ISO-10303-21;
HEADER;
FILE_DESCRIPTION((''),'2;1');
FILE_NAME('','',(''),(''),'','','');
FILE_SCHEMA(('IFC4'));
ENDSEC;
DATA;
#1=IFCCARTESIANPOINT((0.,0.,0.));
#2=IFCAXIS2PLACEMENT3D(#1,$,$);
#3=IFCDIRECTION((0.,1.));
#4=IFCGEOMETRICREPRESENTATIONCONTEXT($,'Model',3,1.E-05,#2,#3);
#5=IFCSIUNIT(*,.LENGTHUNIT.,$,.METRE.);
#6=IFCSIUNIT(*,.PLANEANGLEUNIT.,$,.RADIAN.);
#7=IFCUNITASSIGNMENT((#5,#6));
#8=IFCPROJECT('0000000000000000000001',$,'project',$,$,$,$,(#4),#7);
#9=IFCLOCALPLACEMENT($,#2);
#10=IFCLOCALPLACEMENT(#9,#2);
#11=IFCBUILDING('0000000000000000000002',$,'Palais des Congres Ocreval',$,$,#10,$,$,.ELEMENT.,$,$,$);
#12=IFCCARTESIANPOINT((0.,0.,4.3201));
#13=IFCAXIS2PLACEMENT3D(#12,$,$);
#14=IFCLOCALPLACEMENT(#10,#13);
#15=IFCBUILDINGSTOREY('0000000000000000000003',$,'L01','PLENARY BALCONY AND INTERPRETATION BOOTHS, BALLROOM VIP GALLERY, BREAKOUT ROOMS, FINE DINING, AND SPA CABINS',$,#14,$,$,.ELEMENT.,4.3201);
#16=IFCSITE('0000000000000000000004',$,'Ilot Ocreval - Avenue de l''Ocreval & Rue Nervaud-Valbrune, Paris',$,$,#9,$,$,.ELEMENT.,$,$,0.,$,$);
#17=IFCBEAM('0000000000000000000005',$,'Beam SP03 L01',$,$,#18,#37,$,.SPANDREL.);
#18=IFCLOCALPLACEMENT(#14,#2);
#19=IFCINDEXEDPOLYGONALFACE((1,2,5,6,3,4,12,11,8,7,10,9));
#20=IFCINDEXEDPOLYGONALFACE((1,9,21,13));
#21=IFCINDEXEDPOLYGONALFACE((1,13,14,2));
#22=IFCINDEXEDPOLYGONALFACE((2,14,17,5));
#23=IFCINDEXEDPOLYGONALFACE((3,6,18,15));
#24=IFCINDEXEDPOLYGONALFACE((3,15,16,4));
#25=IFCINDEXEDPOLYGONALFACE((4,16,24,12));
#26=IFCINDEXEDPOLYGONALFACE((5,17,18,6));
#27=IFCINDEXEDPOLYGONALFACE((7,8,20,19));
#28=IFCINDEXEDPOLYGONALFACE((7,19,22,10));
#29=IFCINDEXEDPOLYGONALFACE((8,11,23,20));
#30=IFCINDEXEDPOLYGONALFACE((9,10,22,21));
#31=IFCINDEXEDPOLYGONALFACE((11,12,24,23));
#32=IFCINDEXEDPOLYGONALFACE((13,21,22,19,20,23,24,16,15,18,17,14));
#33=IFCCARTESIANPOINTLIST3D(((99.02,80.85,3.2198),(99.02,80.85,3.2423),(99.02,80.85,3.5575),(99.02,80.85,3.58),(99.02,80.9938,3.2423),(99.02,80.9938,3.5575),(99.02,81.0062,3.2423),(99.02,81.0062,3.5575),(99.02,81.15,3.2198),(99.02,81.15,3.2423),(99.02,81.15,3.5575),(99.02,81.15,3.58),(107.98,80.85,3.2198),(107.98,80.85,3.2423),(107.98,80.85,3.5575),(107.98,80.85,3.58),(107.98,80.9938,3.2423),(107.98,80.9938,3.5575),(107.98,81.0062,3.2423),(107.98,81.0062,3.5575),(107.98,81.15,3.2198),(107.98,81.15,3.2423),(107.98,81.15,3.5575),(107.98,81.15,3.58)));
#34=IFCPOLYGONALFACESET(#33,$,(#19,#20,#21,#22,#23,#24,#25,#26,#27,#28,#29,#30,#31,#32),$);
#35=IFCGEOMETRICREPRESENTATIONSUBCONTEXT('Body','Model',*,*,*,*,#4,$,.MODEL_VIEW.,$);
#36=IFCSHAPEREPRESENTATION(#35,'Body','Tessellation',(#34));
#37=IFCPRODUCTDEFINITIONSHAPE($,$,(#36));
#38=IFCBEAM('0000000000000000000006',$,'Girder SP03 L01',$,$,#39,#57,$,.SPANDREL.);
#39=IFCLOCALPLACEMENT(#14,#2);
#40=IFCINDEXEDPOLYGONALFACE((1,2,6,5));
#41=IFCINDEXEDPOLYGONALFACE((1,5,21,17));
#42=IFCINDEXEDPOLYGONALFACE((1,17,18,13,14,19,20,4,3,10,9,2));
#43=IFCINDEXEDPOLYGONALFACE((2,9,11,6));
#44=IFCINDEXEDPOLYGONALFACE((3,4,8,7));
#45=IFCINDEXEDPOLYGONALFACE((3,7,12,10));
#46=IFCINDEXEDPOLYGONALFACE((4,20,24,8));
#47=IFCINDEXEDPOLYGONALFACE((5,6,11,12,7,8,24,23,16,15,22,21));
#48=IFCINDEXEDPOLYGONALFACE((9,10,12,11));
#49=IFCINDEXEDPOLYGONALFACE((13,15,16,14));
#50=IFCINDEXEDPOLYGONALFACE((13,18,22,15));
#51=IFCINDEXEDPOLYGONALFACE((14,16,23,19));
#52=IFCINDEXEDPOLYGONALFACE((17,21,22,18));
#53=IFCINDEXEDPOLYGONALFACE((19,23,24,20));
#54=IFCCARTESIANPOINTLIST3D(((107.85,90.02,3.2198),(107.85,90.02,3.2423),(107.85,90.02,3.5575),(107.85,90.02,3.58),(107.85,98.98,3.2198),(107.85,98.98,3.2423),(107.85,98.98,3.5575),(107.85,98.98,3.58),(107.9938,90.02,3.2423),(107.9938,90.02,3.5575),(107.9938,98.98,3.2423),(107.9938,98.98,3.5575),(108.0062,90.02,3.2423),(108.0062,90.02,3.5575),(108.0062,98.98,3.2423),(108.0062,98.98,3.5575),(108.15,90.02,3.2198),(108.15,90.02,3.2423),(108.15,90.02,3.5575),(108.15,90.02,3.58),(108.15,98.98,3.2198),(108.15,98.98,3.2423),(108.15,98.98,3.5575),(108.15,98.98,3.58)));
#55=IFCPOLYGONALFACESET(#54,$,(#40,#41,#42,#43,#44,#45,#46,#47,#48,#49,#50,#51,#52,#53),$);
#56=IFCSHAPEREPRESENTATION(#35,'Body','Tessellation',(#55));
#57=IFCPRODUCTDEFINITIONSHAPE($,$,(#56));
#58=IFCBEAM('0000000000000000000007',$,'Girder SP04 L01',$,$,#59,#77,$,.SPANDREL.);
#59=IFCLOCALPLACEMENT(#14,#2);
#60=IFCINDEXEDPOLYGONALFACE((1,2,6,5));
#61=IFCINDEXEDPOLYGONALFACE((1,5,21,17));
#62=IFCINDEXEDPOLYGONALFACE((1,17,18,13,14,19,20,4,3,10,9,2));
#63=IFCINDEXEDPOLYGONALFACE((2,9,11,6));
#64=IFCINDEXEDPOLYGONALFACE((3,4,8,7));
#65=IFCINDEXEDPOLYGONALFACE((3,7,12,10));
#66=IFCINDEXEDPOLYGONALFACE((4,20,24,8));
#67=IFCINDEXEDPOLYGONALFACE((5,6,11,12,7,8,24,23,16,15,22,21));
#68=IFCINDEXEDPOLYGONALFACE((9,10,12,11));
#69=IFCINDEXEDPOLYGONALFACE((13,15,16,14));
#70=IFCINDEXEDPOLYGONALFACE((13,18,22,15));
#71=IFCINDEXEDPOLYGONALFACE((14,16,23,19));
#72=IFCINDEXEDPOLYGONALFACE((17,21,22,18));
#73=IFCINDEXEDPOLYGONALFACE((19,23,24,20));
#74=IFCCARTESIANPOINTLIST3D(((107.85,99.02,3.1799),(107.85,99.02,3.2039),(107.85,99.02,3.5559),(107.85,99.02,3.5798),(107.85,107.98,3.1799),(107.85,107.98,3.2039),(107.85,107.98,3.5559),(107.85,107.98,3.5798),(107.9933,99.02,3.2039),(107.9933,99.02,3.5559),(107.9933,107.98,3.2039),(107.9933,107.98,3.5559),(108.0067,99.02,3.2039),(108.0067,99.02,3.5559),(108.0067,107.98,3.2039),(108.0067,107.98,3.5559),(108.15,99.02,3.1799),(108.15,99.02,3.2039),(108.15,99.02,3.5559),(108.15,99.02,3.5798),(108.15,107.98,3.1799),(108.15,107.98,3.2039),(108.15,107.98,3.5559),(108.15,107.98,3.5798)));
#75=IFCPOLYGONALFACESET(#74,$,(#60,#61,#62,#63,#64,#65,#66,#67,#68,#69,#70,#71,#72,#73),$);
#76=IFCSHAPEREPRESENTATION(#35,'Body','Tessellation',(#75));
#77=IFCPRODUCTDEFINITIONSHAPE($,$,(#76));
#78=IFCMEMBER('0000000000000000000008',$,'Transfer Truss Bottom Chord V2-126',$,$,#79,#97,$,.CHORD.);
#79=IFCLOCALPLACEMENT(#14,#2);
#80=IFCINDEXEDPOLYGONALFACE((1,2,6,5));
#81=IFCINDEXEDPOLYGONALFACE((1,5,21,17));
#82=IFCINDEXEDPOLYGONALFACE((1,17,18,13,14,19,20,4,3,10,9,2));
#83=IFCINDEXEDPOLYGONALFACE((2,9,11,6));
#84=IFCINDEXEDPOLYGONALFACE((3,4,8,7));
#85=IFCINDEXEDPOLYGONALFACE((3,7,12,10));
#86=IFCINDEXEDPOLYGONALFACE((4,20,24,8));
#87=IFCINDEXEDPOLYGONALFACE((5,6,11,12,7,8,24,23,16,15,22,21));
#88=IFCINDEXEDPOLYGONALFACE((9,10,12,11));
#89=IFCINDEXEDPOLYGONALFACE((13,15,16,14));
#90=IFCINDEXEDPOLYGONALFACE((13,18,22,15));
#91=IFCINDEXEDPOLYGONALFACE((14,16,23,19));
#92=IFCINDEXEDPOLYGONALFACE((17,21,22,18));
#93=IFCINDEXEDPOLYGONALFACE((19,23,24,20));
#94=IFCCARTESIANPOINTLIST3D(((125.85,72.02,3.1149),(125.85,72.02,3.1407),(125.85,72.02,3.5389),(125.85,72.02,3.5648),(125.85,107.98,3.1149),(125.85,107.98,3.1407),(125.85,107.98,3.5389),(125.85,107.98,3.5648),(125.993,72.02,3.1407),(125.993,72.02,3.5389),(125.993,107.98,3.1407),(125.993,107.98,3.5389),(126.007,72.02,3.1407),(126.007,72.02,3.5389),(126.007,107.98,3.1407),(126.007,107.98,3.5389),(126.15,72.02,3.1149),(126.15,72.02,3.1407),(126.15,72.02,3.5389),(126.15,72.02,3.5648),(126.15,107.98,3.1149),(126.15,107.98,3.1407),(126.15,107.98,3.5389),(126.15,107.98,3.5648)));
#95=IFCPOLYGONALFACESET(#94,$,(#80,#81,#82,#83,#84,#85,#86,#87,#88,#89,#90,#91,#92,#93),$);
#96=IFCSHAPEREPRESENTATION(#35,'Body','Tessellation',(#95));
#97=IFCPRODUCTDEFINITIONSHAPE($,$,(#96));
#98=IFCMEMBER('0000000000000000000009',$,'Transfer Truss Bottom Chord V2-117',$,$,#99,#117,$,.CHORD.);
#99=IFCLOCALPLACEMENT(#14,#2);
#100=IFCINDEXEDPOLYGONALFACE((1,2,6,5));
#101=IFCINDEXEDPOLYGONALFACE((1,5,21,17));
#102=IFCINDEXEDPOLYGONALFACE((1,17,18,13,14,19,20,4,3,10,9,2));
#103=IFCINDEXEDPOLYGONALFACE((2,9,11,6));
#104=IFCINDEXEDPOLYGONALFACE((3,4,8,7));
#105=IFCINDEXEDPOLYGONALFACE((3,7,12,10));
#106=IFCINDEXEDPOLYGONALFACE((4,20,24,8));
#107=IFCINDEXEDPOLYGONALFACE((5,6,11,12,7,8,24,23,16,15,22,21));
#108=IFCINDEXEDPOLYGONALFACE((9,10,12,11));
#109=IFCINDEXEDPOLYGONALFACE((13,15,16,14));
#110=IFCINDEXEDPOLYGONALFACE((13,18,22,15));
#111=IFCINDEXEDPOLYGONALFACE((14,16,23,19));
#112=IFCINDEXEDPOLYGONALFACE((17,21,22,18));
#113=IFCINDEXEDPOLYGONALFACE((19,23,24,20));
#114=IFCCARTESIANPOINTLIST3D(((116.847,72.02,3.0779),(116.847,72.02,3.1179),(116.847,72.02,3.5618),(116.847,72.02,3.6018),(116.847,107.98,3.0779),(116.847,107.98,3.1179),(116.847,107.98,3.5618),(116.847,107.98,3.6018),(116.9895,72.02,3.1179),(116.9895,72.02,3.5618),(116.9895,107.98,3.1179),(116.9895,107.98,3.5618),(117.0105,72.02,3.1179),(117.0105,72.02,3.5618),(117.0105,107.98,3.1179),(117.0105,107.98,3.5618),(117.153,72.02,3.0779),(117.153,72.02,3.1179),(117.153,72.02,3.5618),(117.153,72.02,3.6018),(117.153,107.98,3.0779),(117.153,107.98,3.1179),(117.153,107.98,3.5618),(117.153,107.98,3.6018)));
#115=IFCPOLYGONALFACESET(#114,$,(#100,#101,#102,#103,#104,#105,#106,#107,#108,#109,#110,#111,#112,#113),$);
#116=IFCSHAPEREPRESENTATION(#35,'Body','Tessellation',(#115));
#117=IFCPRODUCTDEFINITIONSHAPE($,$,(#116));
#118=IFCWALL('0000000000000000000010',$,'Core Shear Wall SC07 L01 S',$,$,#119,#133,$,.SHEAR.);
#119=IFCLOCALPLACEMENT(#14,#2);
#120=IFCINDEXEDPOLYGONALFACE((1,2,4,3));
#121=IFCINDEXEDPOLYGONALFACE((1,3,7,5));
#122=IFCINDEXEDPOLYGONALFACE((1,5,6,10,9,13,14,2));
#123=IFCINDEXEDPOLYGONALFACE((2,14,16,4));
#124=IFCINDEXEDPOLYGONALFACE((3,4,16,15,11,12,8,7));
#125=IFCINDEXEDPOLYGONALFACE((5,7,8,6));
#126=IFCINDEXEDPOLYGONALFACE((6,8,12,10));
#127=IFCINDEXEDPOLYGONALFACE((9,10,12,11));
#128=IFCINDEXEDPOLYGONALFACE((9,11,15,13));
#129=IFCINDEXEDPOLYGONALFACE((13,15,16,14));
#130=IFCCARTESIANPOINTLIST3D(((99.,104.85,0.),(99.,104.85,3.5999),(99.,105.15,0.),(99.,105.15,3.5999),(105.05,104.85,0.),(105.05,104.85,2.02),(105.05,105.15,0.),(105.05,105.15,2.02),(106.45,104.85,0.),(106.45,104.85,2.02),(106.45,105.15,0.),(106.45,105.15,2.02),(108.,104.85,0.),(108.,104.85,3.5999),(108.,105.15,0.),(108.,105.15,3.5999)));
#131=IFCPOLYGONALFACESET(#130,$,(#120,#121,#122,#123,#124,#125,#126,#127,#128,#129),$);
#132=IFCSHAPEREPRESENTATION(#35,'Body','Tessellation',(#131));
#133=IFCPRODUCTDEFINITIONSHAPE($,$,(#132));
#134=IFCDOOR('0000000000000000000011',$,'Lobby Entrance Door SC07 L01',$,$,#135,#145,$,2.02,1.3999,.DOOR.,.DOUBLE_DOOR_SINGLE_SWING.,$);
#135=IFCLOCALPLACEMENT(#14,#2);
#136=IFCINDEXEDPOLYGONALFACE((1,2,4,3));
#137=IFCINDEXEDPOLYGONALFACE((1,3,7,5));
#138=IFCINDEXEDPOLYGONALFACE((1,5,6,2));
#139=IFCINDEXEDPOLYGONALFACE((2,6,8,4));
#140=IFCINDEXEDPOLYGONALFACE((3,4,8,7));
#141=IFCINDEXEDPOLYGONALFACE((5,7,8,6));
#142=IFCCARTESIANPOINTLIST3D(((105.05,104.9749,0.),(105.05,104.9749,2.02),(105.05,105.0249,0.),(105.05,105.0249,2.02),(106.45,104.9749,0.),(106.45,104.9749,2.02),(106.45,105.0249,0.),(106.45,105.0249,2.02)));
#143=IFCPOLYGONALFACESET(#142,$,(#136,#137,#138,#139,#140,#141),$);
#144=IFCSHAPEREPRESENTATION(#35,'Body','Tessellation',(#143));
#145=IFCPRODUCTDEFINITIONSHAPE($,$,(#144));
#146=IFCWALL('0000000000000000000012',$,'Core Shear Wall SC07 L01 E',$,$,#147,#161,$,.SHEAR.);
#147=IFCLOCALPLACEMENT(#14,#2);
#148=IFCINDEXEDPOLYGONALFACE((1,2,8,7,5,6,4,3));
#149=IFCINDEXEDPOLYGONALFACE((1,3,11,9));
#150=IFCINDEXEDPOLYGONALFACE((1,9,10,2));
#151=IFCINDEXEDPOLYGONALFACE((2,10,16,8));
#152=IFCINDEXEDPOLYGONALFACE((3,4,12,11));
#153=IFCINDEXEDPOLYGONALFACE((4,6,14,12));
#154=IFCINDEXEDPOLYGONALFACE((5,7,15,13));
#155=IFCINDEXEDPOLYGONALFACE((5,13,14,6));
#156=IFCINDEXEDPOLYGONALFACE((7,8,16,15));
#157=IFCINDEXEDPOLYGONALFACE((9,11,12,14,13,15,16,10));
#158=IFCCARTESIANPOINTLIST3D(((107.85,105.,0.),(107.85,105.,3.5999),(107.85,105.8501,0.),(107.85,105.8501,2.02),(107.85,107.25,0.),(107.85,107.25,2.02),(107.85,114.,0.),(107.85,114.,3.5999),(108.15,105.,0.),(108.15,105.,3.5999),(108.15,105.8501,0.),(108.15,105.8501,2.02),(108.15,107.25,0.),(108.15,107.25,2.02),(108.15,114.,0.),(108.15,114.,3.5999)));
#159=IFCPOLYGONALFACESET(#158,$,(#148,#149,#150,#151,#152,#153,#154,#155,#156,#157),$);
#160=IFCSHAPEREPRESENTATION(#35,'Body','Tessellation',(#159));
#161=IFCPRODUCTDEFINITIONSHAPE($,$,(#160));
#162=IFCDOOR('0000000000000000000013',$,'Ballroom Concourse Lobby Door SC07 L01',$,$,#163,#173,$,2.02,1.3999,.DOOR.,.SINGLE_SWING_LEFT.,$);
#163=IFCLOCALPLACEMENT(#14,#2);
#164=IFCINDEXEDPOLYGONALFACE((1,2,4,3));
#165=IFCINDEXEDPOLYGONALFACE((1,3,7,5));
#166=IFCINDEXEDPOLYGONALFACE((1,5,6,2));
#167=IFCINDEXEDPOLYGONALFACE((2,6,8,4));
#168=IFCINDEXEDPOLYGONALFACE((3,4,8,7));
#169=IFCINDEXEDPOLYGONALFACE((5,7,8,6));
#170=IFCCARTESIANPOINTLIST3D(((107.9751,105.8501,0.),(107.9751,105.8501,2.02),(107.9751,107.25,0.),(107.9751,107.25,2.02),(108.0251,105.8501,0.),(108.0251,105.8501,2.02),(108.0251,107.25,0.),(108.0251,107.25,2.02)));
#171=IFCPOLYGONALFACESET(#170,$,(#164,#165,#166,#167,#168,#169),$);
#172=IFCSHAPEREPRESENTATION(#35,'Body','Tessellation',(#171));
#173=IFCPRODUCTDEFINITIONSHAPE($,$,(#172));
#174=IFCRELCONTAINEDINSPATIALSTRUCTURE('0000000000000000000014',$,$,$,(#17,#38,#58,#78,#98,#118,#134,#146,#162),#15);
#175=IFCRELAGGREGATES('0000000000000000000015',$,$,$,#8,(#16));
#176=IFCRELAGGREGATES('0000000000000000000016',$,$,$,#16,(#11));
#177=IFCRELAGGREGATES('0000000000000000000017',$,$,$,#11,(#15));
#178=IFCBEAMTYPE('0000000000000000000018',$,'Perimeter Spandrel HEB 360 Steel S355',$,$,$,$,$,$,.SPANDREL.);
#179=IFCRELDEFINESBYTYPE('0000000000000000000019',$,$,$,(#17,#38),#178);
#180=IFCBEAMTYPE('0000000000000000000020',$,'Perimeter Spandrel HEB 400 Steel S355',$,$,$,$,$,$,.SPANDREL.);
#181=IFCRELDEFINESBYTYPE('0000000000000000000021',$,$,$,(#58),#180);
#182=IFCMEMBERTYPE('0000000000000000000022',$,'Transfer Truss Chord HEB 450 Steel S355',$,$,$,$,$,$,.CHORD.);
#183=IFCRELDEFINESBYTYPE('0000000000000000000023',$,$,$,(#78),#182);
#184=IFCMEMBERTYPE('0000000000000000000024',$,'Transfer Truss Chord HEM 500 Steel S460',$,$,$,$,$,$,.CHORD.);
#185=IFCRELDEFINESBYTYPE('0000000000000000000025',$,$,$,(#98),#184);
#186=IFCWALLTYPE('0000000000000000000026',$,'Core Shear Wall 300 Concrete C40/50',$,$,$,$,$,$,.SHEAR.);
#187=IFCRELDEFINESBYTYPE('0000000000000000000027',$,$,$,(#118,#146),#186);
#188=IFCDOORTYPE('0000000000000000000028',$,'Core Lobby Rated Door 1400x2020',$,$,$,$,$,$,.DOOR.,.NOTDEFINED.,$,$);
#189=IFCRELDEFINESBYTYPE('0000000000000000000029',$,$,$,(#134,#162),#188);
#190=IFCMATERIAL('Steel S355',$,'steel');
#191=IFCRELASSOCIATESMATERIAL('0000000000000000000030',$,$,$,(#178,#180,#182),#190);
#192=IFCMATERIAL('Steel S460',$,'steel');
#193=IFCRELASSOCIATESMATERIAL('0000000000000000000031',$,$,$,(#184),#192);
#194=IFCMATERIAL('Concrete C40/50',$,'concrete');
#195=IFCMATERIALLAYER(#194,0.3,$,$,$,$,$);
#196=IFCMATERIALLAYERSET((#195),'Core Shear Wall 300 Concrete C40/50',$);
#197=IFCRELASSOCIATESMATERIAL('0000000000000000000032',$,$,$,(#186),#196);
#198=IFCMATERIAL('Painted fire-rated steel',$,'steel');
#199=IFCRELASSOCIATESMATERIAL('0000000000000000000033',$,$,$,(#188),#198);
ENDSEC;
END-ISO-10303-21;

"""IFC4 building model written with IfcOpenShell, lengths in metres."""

from ifc_helpers import new_model, si_unit, direction, frame, frame_2d, origin, origin_2d, place, context, subcontext, project, spatial, rectangle, i_section, extrude, material, layer, layer_set, material_profile, profile_set, type_object, element, fill, save


model = new_model("IFC4")

# Units and contexts
model_context = context("Model", 3, precision=1e-05, world=origin(), true_north=direction((0.0, 1.0)))
body_context = subcontext(model_context, "Body", "Model", "MODEL_VIEW")
ifc_project = project(units=[si_unit("LENGTHUNIT", "METRE"), si_unit("PLANEANGLEUNIT", "RADIAN")], contexts=[model_context])

# Site, building, storey
site_placement = place(None, origin())
site = spatial("IfcSite", under=ifc_project, at=site_placement, Name="Ilot Ocreval - Avenue de l'Ocreval & Rue Nervaud-Valbrune, Paris", CompositionType="ELEMENT", RefElevation=0.0)
building_placement = place(site_placement, origin())
building = spatial("IfcBuilding", under=site, at=building_placement, Name="Palais des Congres Ocreval", CompositionType="ELEMENT")
storey_placement = place(building_placement, frame((0.0, 0.0, 4.3201)))
storey = spatial("IfcBuildingStorey", under=building, at=storey_placement, Name="L01", Description="PLENARY BALCONY AND INTERPRETATION BOOTHS, BALLROOM VIP GALLERY, BREAKOUT ROOMS, FINE DINING, AND SPA CABINS", CompositionType="ELEMENT", Elevation=4.3201)

# Shared definitions
ifc_material_1 = material(Name="Steel S355", Category="steel")

# Beams
ifc_material_profile_1 = material_profile(ifc_material_1, i_section(OverallWidth=0.3, OverallDepth=0.3601, WebThickness=0.0125, FlangeThickness=0.0225, at=origin_2d()), Name="HEB 360")
ifc_profile_set_1 = profile_set([ifc_material_profile_1], Name="Steel S355")
beam_type_1 = type_object("IfcBeamType", Name="Perimeter Spandrel HEB 360 Steel S355", PredefinedType="SPANDREL", material=ifc_profile_set_1)
for number, where, z_axis, x_axis, name in (
    (1, (99.02, 81.0, 3.3999), (1.0, 0.0, 0.0), (0.0, 1.0, 0.0), "Beam SP03 L01"),
    (2, (108.0, 90.02, 3.3999), (0.0, 1.0, 0.0), (-1.0, 0.0, 0.0), "Girder SP03 L01"),
):
    element("IfcBeam", number, at=place(storey_placement, frame(where, z_axis=z_axis, x_axis=x_axis)), inside=storey, type_object=beam_type_1, Name=name, PredefinedType="SPANDREL", context=body_context, shape_type="SweptSolid", body=[
        extrude(i_section(OverallWidth=0.3, OverallDepth=0.3601, WebThickness=0.0125, FlangeThickness=0.0225, at=origin_2d()), origin(), (0.0, 0.0, 1.0), 8.96),
    ])
ifc_material_profile_2 = material_profile(ifc_material_1, i_section(OverallWidth=0.3, OverallDepth=0.3999, WebThickness=0.0134, FlangeThickness=0.0239, at=origin_2d()), Name="HEB 400")
ifc_profile_set_2 = profile_set([ifc_material_profile_2], Name="Steel S355")
beam_type_2 = type_object("IfcBeamType", Name="Perimeter Spandrel HEB 400 Steel S355", PredefinedType="SPANDREL", material=ifc_profile_set_2)
beam_1_placement = place(storey_placement, frame((108.0, 99.02, 3.3799), z_axis=(0.0, 1.0, 0.0), x_axis=(-1.0, 0.0, 0.0)))
element("IfcBeam", 3, at=beam_1_placement, inside=storey, type_object=beam_type_2, Name="Girder SP04 L01", PredefinedType="SPANDREL", context=body_context, shape_type="SweptSolid", body=[
    extrude(i_section(OverallWidth=0.3, OverallDepth=0.3999, WebThickness=0.0134, FlangeThickness=0.0239, at=origin_2d()), origin(), (0.0, 0.0, 1.0), 8.96),
])

# Members
ifc_material_profile_3 = material_profile(ifc_material_1, i_section(OverallWidth=0.3, OverallDepth=0.45, WebThickness=0.0139, FlangeThickness=0.0259, at=origin_2d()), Name="HEB 450")
ifc_profile_set_3 = profile_set([ifc_material_profile_3], Name="Steel S355")
member_type_1 = type_object("IfcMemberType", Name="Transfer Truss Chord HEB 450 Steel S355", PredefinedType="CHORD", material=ifc_profile_set_3)
member_1_placement = place(storey_placement, frame((126.0, 72.02, 3.3398), z_axis=(0.0, 1.0, 0.0), x_axis=(-1.0, 0.0, 0.0)))
element("IfcMember", 4, at=member_1_placement, inside=storey, type_object=member_type_1, Name="Transfer Truss Bottom Chord V2-126", PredefinedType="CHORD", context=body_context, shape_type="SweptSolid", body=[
    extrude(i_section(OverallWidth=0.3, OverallDepth=0.45, WebThickness=0.0139, FlangeThickness=0.0259, at=origin_2d()), origin(), (0.0, 0.0, 1.0), 35.96),
])
ifc_material_2 = material(Name="Steel S460", Category="steel")
ifc_material_profile_4 = material_profile(ifc_material_2, i_section(OverallWidth=0.3059, OverallDepth=0.5239, WebThickness=0.021, FlangeThickness=0.04, at=origin_2d()), Name="HEM 500")
ifc_profile_set_4 = profile_set([ifc_material_profile_4], Name="Steel S460")
member_type_2 = type_object("IfcMemberType", Name="Transfer Truss Chord HEM 500 Steel S460", PredefinedType="CHORD", material=ifc_profile_set_4)
member_2_placement = place(storey_placement, frame((117.0, 72.02, 3.3398), z_axis=(0.0, 1.0, 0.0), x_axis=(-1.0, 0.0, 0.0)))
element("IfcMember", 5, at=member_2_placement, inside=storey, type_object=member_type_2, Name="Transfer Truss Bottom Chord V2-117", PredefinedType="CHORD", context=body_context, shape_type="SweptSolid", body=[
    extrude(i_section(OverallWidth=0.3059, OverallDepth=0.5239, WebThickness=0.021, FlangeThickness=0.04, at=origin_2d()), origin(), (0.0, 0.0, 1.0), 35.96),
])

# Walls, openings, doors
ifc_material_3 = material(Name="Concrete C40/50", Category="concrete")
ifc_layer_1 = layer(ifc_material_3, 0.3)
ifc_layer_set_1 = layer_set([ifc_layer_1], Name="Core Shear Wall 300 Concrete C40/50")
wall_type_1 = type_object("IfcWallType", Name="Core Shear Wall 300 Concrete C40/50", PredefinedType="SHEAR", material=ifc_layer_set_1)
wall_1_placement = place(storey_placement, frame((99.0, 105.0, 0.0), z_axis=(0.0, 0.0, 1.0), x_axis=(1.0, 0.0, 0.0)))
wall_1 = element("IfcWall", 6, at=wall_1_placement, inside=storey, type_object=wall_type_1, Name="Core Shear Wall SC07 L01 S", PredefinedType="SHEAR", context=body_context, shape_type="SweptSolid", body=[
    extrude(rectangle(XDim=9.0, YDim=0.3, at=frame_2d((4.5, 0.0))), origin(), (0.0, 0.0, 1.0), 3.5999),
])
opening_1_placement = place(wall_1_placement, frame((6.05, 0.0, 0.0)))
opening_1 = element("IfcOpeningElement", 7, at=opening_1_placement, cuts=wall_1, PredefinedType="OPENING", context=body_context, shape_type="SweptSolid", body=[
    extrude(rectangle(XDim=1.3999, YDim=2.02, at=frame_2d((0.7, 1.01))), frame((0.0, 0.1599, 0.0), z_axis=(0.0, -1.0, 0.0), x_axis=(1.0, 0.0, 0.0)), (0.0, 0.0, 1.0), 0.3201),
])
ifc_material_4 = material(Name="Painted fire-rated steel", Category="steel")
door_type_1 = type_object("IfcDoorType", Name="Core Lobby Rated Door 1400x2020", OperationType="NOTDEFINED", PredefinedType="DOOR", material=ifc_material_4)
door_1_placement = place(opening_1_placement, origin())
door_1 = element("IfcDoor", 8, at=door_1_placement, inside=storey, type_object=door_type_1, Name="Lobby Entrance Door SC07 L01", OperationType="DOUBLE_DOOR_SINGLE_SWING", OverallHeight=2.02, OverallWidth=1.3999, PredefinedType="DOOR", context=body_context, shape_type="SweptSolid", body=[
    extrude(rectangle(XDim=1.3999, YDim=2.02, at=frame_2d((0.7, 1.01))), frame((0.0, 0.0249, 0.0), z_axis=(0.0, -1.0, 0.0), x_axis=(1.0, 0.0, 0.0)), (0.0, 0.0, 1.0), 0.05),
])
fill(opening_1, door_1)
wall_2_placement = place(storey_placement, frame((108.0, 105.0, 0.0), z_axis=(0.0, 0.0, 1.0), x_axis=(0.0, 1.0, 0.0)))
wall_2 = element("IfcWall", 9, at=wall_2_placement, inside=storey, type_object=wall_type_1, Name="Core Shear Wall SC07 L01 E", PredefinedType="SHEAR", context=body_context, shape_type="SweptSolid", body=[
    extrude(rectangle(XDim=9.0, YDim=0.3, at=frame_2d((4.5, 0.0))), origin(), (0.0, 0.0, 1.0), 3.5999),
])
opening_2_placement = place(wall_2_placement, frame((0.8501, 0.0, 0.0)))
opening_2 = element("IfcOpeningElement", 10, at=opening_2_placement, cuts=wall_2, PredefinedType="OPENING", context=body_context, shape_type="SweptSolid", body=[
    extrude(rectangle(XDim=1.3999, YDim=2.02, at=frame_2d((0.7, 1.01))), frame((0.0, 0.1599, 0.0), z_axis=(0.0, -1.0, 0.0), x_axis=(1.0, 0.0, 0.0)), (0.0, 0.0, 1.0), 0.3201),
])
door_2_placement = place(opening_2_placement, origin())
door_2 = element("IfcDoor", 11, at=door_2_placement, inside=storey, type_object=door_type_1, Name="Ballroom Concourse Lobby Door SC07 L01", OperationType="SINGLE_SWING_LEFT", OverallHeight=2.02, OverallWidth=1.3999, PredefinedType="DOOR", context=body_context, shape_type="SweptSolid", body=[
    extrude(rectangle(XDim=1.3999, YDim=2.02, at=frame_2d((0.7, 1.01))), frame((0.0, 0.0249, 0.0), z_axis=(0.0, -1.0, 0.0), x_axis=(1.0, 0.0, 0.0)), (0.0, 0.0, 1.0), 0.05),
])
fill(opening_2, door_2)

save(model, "model.ifc")
